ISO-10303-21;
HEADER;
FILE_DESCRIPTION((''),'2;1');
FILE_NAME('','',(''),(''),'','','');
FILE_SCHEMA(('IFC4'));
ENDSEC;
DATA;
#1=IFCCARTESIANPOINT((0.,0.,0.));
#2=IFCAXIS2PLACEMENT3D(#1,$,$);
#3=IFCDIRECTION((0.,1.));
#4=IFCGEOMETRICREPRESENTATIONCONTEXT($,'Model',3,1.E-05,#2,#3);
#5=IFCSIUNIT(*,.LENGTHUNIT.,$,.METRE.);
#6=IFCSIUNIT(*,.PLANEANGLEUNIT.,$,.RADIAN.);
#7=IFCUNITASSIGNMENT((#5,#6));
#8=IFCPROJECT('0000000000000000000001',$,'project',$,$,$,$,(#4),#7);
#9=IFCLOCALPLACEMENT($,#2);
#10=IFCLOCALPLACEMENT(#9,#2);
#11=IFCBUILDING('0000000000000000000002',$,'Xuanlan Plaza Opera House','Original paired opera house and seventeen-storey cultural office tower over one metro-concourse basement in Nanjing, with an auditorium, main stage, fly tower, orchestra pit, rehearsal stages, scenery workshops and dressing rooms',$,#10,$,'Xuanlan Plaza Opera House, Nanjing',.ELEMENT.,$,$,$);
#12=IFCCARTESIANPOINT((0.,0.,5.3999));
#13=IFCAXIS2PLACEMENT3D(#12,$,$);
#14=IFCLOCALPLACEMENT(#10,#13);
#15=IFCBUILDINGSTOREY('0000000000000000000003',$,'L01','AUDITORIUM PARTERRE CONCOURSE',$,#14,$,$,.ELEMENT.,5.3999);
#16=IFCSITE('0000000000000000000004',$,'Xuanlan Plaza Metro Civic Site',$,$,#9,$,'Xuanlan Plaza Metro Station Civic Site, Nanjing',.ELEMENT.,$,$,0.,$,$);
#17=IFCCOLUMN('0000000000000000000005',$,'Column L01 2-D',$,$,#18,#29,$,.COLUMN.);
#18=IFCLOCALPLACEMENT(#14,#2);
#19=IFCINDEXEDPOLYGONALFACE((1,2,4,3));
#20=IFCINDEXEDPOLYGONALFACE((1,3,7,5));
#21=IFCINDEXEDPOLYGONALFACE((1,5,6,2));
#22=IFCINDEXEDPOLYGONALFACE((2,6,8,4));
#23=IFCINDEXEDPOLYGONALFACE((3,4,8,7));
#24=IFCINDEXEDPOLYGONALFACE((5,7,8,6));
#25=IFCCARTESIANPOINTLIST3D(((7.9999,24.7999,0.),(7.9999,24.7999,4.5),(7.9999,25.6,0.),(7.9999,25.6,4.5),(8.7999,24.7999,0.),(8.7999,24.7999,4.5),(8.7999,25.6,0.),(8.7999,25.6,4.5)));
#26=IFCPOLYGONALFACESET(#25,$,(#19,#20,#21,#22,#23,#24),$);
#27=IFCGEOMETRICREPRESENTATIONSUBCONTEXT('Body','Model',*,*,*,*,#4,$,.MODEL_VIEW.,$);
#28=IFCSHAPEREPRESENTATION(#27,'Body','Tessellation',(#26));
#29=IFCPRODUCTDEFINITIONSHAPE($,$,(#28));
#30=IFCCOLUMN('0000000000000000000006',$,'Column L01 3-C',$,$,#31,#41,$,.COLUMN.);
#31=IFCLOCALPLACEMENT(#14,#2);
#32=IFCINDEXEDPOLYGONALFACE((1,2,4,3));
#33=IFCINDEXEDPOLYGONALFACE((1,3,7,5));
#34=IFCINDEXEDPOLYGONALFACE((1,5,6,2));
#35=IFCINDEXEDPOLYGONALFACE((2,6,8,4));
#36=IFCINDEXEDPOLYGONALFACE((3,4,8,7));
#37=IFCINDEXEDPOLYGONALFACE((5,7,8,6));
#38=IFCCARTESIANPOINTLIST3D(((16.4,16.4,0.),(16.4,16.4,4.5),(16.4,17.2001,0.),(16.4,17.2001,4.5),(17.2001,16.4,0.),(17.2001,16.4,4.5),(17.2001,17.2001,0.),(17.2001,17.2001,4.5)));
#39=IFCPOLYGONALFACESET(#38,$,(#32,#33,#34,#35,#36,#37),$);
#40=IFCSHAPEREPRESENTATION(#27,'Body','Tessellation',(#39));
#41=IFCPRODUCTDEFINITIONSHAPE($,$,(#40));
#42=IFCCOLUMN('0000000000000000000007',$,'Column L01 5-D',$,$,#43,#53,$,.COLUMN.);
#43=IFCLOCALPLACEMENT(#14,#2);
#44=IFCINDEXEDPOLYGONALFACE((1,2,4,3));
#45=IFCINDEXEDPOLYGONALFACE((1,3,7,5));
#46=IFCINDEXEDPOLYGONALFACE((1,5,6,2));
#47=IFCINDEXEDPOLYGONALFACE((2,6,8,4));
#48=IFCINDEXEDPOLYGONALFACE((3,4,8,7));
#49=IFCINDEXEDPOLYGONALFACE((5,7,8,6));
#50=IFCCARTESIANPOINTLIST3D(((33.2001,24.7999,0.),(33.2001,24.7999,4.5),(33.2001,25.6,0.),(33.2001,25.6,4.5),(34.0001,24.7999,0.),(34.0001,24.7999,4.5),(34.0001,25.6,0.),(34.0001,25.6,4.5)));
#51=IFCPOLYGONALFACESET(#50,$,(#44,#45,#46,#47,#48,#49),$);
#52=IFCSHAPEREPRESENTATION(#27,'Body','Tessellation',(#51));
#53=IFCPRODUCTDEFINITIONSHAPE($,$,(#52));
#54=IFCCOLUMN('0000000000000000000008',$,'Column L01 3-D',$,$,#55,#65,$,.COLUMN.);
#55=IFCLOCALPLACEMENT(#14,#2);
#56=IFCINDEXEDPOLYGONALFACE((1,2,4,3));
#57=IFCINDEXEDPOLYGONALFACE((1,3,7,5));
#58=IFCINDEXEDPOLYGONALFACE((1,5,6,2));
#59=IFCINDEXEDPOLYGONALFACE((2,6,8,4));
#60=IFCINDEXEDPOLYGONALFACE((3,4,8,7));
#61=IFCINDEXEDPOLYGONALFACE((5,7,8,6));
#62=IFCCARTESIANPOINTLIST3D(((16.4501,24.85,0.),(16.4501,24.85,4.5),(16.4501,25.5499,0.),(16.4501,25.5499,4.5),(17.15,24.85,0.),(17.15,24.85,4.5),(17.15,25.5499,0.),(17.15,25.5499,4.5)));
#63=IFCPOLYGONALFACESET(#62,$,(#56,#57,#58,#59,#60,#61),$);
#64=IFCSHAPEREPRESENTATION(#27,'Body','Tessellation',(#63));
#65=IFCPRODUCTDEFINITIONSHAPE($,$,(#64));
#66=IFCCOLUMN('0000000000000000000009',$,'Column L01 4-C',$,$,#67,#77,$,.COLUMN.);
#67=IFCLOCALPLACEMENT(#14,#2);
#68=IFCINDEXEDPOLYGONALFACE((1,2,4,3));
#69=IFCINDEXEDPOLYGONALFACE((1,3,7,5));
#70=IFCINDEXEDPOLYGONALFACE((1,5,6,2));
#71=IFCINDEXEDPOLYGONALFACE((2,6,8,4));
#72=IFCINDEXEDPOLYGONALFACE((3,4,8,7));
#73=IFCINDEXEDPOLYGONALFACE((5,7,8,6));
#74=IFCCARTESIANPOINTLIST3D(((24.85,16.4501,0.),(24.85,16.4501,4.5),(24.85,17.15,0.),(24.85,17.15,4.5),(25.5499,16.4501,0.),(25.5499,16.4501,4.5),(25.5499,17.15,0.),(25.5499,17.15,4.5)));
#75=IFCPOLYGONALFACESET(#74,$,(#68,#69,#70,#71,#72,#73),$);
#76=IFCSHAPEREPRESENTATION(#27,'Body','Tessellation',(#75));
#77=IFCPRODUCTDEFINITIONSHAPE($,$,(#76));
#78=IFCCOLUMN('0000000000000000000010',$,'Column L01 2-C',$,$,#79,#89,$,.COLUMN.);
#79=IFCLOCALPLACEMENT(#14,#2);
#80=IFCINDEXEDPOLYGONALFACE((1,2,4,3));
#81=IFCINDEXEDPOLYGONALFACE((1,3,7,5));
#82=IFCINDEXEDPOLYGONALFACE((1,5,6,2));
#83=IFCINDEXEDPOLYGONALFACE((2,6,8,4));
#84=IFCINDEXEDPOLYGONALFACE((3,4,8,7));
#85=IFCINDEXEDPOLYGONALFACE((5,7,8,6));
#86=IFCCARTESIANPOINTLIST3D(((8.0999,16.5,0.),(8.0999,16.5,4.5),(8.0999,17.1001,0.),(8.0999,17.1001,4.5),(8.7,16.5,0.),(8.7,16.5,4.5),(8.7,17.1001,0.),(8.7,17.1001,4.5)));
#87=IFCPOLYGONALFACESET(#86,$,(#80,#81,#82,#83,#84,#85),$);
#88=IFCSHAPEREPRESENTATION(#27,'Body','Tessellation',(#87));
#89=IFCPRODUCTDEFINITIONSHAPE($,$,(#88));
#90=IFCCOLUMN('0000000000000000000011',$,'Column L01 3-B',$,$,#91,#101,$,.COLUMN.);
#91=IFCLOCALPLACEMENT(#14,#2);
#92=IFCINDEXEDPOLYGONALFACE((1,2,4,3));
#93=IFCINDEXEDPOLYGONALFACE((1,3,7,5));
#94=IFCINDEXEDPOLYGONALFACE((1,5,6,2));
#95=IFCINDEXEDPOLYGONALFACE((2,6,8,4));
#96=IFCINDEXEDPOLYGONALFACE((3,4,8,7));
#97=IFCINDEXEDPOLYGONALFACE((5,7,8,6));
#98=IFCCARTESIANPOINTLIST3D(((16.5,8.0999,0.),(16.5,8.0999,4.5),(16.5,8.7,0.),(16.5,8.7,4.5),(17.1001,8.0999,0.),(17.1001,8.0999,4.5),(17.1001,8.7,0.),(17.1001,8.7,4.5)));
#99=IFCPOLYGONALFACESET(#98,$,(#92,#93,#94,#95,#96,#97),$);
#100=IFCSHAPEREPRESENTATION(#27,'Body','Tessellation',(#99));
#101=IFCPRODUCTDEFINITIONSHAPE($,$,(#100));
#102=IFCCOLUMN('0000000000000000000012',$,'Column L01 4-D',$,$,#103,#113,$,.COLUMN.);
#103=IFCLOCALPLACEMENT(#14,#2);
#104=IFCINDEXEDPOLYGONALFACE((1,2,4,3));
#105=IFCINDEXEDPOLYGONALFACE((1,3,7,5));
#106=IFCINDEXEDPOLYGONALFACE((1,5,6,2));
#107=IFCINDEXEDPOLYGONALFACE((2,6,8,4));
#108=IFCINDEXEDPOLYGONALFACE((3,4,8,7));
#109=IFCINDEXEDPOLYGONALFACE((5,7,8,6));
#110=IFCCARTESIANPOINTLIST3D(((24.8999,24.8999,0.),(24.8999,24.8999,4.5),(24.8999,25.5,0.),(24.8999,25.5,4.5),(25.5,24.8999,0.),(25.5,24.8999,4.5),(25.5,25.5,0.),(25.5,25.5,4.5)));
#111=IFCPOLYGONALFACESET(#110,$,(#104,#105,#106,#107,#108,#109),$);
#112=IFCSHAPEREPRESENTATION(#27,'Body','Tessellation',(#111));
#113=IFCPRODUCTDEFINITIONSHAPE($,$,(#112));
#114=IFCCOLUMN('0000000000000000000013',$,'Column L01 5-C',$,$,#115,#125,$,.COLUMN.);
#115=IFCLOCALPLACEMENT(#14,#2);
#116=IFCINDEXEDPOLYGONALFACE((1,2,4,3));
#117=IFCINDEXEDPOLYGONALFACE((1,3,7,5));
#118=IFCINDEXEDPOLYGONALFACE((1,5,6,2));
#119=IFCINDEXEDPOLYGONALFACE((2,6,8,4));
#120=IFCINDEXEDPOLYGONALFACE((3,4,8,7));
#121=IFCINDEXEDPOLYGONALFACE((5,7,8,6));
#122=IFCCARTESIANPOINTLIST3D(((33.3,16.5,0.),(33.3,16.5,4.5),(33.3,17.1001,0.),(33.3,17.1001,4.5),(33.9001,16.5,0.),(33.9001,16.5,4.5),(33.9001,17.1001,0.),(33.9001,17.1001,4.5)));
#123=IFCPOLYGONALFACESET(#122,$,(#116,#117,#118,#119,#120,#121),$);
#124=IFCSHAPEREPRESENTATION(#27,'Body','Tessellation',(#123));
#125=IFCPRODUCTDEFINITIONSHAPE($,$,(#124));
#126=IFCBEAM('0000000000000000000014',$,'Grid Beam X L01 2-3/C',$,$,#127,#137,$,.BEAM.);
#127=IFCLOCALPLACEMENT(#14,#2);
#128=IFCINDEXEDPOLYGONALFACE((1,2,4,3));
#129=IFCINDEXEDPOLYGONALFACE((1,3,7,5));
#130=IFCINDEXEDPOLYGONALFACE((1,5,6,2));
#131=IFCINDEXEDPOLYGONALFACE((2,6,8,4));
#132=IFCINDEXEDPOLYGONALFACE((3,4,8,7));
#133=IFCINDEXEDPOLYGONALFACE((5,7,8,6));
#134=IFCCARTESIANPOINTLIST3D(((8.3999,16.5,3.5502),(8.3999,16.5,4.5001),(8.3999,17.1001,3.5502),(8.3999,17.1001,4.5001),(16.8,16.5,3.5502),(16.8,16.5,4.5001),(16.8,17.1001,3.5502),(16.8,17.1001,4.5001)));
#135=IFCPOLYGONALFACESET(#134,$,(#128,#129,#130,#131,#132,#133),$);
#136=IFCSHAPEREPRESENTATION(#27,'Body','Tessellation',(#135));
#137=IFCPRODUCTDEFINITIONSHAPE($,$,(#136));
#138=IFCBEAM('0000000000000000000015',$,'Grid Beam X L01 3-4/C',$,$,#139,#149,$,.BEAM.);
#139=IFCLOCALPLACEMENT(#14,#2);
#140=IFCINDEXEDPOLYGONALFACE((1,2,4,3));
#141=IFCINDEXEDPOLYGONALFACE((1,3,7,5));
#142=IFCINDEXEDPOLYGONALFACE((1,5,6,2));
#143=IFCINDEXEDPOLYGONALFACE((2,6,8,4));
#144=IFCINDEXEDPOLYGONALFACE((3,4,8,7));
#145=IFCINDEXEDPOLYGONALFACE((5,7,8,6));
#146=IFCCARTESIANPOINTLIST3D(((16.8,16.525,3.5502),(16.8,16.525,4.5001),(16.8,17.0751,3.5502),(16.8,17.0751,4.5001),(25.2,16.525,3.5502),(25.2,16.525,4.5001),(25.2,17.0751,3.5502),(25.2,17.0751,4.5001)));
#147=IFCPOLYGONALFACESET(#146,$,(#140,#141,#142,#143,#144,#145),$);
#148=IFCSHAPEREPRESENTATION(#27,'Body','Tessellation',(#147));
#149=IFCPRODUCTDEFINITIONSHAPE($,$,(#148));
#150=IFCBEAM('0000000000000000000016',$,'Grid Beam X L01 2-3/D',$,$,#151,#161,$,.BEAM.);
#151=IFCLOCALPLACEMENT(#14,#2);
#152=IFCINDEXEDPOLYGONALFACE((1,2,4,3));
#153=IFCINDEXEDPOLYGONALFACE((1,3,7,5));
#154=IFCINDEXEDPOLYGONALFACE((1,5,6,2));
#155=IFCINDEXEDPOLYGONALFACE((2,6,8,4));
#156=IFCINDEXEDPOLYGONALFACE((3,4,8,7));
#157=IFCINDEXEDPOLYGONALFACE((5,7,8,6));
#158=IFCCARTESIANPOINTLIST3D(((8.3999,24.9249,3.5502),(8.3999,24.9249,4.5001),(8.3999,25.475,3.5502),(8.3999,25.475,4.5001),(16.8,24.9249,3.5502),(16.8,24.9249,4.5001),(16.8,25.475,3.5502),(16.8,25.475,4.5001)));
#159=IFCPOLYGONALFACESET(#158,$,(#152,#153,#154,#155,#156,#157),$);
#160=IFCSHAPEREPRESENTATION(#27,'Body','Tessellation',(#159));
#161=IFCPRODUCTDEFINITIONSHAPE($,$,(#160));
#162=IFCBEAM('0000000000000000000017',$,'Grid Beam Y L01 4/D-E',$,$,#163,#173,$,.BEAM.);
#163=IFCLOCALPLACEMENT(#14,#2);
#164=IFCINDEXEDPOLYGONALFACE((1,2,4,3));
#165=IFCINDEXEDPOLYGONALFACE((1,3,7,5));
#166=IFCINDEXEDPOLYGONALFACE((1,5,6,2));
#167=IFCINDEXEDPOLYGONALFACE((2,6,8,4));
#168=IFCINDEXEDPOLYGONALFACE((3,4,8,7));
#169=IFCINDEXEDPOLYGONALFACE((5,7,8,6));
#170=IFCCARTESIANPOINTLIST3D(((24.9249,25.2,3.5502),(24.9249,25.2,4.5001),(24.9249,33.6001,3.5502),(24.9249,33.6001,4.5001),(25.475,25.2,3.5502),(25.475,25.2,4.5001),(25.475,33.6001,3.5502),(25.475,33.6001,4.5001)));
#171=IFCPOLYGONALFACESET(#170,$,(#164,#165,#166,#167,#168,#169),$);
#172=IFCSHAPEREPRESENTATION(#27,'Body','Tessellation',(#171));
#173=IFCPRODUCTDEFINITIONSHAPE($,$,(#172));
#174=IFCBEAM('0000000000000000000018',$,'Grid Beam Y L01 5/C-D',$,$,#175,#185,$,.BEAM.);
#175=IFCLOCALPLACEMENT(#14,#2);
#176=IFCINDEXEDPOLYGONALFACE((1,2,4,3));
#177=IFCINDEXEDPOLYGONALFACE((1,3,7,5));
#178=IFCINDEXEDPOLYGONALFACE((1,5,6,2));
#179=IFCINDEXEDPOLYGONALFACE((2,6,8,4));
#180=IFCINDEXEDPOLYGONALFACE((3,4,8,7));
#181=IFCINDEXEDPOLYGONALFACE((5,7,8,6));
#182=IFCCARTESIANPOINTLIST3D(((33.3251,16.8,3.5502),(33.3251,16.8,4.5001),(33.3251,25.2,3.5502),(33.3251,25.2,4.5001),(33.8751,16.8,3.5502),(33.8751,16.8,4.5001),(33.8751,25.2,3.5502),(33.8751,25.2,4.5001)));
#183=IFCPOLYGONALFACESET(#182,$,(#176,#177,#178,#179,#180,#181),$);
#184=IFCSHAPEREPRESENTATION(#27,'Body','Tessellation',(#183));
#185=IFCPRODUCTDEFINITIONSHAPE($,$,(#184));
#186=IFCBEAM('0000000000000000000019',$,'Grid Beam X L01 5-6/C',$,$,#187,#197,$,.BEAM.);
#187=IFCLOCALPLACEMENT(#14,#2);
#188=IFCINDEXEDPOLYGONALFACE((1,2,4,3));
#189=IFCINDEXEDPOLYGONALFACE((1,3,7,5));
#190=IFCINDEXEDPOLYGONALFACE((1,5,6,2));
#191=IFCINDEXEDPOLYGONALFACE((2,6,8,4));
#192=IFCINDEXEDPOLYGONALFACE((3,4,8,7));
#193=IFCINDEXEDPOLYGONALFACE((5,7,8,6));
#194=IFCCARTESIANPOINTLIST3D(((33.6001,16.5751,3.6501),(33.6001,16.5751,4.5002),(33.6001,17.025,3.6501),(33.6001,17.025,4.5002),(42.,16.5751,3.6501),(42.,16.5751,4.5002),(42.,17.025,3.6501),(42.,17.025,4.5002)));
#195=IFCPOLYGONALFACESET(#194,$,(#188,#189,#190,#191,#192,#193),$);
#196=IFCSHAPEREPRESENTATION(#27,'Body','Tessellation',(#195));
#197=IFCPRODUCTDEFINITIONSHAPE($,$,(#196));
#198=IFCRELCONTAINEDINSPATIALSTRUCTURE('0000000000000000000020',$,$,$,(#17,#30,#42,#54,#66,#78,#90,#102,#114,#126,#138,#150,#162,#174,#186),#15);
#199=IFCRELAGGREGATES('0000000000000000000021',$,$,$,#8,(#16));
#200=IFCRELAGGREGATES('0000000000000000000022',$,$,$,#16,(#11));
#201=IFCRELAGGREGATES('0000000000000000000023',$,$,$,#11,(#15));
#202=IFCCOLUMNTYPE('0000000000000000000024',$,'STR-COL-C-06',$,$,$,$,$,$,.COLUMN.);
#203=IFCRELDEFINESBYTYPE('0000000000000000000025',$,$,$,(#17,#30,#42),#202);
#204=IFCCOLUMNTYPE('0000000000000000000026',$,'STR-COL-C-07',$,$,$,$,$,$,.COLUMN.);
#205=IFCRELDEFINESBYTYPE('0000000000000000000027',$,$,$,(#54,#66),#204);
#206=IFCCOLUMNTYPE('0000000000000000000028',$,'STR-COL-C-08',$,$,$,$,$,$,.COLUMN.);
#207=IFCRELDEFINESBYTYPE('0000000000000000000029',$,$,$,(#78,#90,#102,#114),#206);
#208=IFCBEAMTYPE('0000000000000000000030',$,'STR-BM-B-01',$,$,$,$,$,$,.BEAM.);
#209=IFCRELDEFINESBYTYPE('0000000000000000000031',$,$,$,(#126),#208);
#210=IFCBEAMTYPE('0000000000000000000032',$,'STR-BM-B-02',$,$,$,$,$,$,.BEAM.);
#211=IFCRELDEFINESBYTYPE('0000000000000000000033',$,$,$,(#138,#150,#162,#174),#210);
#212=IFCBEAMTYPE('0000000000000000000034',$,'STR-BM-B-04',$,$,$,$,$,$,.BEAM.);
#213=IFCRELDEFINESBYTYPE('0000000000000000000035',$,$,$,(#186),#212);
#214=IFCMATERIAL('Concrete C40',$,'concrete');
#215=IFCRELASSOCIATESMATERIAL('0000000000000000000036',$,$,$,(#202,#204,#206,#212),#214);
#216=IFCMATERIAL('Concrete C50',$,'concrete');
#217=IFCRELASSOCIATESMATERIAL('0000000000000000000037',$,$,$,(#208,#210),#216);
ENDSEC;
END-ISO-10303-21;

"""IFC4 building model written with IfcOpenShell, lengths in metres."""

from ifc_helpers import new_model, si_unit, direction, frame, origin, origin_2d, place, context, subcontext, project, spatial, rectangle, extrude, material, material_profile, profile_set, type_object, element, save


model = new_model("IFC4")

# Units and contexts
model_context = context("Model", 3, precision=1e-05, world=origin(), true_north=direction((0.0, 1.0)))
body_context = subcontext(model_context, "Body", "Model", "MODEL_VIEW")
ifc_project = project(units=[si_unit("LENGTHUNIT", "METRE"), si_unit("PLANEANGLEUNIT", "RADIAN")], contexts=[model_context])

# Site, building, storey
site_placement = place(None, origin())
site = spatial("IfcSite", under=ifc_project, at=site_placement, Name="Xuanlan Plaza Metro Civic Site", LongName="Xuanlan Plaza Metro Station Civic Site, Nanjing", CompositionType="ELEMENT", RefElevation=0.0)
building_placement = place(site_placement, origin())
building = spatial("IfcBuilding", under=site, at=building_placement, Name="Xuanlan Plaza Opera House", Description="Original paired opera house and seventeen-storey cultural office tower over one metro-concourse basement in Nanjing, with an auditorium, main stage, fly tower, orchestra pit, rehearsal stages, scenery workshops and dressing rooms", LongName="Xuanlan Plaza Opera House, Nanjing", CompositionType="ELEMENT")
storey_placement = place(building_placement, frame((0.0, 0.0, 5.3999)))
storey = spatial("IfcBuildingStorey", under=building, at=storey_placement, Name="L01", Description="AUDITORIUM PARTERRE CONCOURSE", CompositionType="ELEMENT", Elevation=5.3999)

# Columns
ifc_material_1 = material(Name="Concrete C40", Category="concrete")
ifc_material_profile_1 = material_profile(ifc_material_1, rectangle(XDim=0.8, YDim=0.8, at=origin_2d()), Name="RC-COL 800x800")
ifc_profile_set_1 = profile_set([ifc_material_profile_1], Name="Concrete C40")
column_type_1 = type_object("IfcColumnType", Name="STR-COL-C-06", PredefinedType="COLUMN", material=ifc_profile_set_1)
for number, where, z_axis, x_axis, name in (
    (1, (8.3999, 25.2, 0.0), (0.0, 0.0, 1.0), (1.0, 0.0, 0.0), "Column L01 2-D"),
    (2, (16.8, 16.8, 0.0), (0.0, 0.0, 1.0), (1.0, 0.0, 0.0), "Column L01 3-C"),
    (3, (33.6001, 25.2, 0.0), (0.0, 0.0, 1.0), (1.0, 0.0, 0.0), "Column L01 5-D"),
):
    element("IfcColumn", number, at=place(storey_placement, frame(where, z_axis=z_axis, x_axis=x_axis)), inside=storey, type_object=column_type_1, Name=name, PredefinedType="COLUMN", context=body_context, shape_type="SweptSolid", body=[
        extrude(rectangle(XDim=0.8, YDim=0.8, at=origin_2d()), origin(), (0.0, 0.0, 1.0), 4.5),
    ])
ifc_material_profile_2 = material_profile(ifc_material_1, rectangle(XDim=0.7, YDim=0.7, at=origin_2d()), Name="RC-COL 700x700")
ifc_profile_set_2 = profile_set([ifc_material_profile_2], Name="Concrete C40")
column_type_2 = type_object("IfcColumnType", Name="STR-COL-C-07", PredefinedType="COLUMN", material=ifc_profile_set_2)
for number, where, z_axis, x_axis, name in (
    (4, (16.8, 25.2, 0.0), (0.0, 0.0, 1.0), (1.0, 0.0, 0.0), "Column L01 3-D"),
    (5, (25.2, 16.8, 0.0), (0.0, 0.0, 1.0), (1.0, 0.0, 0.0), "Column L01 4-C"),
):
    element("IfcColumn", number, at=place(storey_placement, frame(where, z_axis=z_axis, x_axis=x_axis)), inside=storey, type_object=column_type_2, Name=name, PredefinedType="COLUMN", context=body_context, shape_type="SweptSolid", body=[
        extrude(rectangle(XDim=0.7, YDim=0.7, at=origin_2d()), origin(), (0.0, 0.0, 1.0), 4.5),
    ])
ifc_material_profile_3 = material_profile(ifc_material_1, rectangle(XDim=0.6001, YDim=0.6001, at=origin_2d()), Name="RC-COL 600x600")
ifc_profile_set_3 = profile_set([ifc_material_profile_3], Name="Concrete C40")
column_type_3 = type_object("IfcColumnType", Name="STR-COL-C-08", PredefinedType="COLUMN", material=ifc_profile_set_3)
for number, where, z_axis, x_axis, name in (
    (6, (8.3999, 16.8, 0.0), (0.0, 0.0, 1.0), (1.0, 0.0, 0.0), "Column L01 2-C"),
    (7, (16.8, 8.3999, 0.0), (0.0, 0.0, 1.0), (1.0, 0.0, 0.0), "Column L01 3-B"),
    (8, (25.2, 25.2, 0.0), (0.0, 0.0, 1.0), (1.0, 0.0, 0.0), "Column L01 4-D"),
    (9, (33.6001, 16.8, 0.0), (0.0, 0.0, 1.0), (1.0, 0.0, 0.0), "Column L01 5-C"),
):
    element("IfcColumn", number, at=place(storey_placement, frame(where, z_axis=z_axis, x_axis=x_axis)), inside=storey, type_object=column_type_3, Name=name, PredefinedType="COLUMN", context=body_context, shape_type="SweptSolid", body=[
        extrude(rectangle(XDim=0.6001, YDim=0.6001, at=origin_2d()), origin(), (0.0, 0.0, 1.0), 4.5),
    ])

# Beams
ifc_material_2 = material(Name="Concrete C50", Category="concrete")
ifc_material_profile_4 = material_profile(ifc_material_2, rectangle(XDim=0.6001, YDim=0.95, at=origin_2d()), Name="RC-BM 600x950")
ifc_profile_set_4 = profile_set([ifc_material_profile_4], Name="Concrete C50")
beam_type_1 = type_object("IfcBeamType", Name="STR-BM-B-01", PredefinedType="BEAM", material=ifc_profile_set_4)
beam_1_placement = place(storey_placement, frame((8.3999, 16.8, 4.0251), z_axis=(1.0, 0.0, 0.0), x_axis=(0.0, 1.0, 0.0)))
element("IfcBeam", 10, at=beam_1_placement, inside=storey, type_object=beam_type_1, Name="Grid Beam X L01 2-3/C", PredefinedType="BEAM", context=body_context, shape_type="SweptSolid", body=[
    extrude(rectangle(XDim=0.6001, YDim=0.95, at=origin_2d()), origin(), (0.0, 0.0, 1.0), 8.4001),
])
ifc_material_profile_5 = material_profile(ifc_material_2, rectangle(XDim=0.55, YDim=0.95, at=origin_2d()), Name="RC-BM 550x950")
ifc_profile_set_5 = profile_set([ifc_material_profile_5], Name="Concrete C50")
beam_type_2 = type_object("IfcBeamType", Name="STR-BM-B-02", PredefinedType="BEAM", material=ifc_profile_set_5)
beam_2_placement = place(storey_placement, frame((16.8, 16.8, 4.0251), z_axis=(1.0, 0.0, 0.0), x_axis=(0.0, 1.0, 0.0)))
element("IfcBeam", 11, at=beam_2_placement, inside=storey, type_object=beam_type_2, Name="Grid Beam X L01 3-4/C", PredefinedType="BEAM", context=body_context, shape_type="SweptSolid", body=[
    extrude(rectangle(XDim=0.55, YDim=0.95, at=origin_2d()), origin(), (0.0, 0.0, 1.0), 8.3999),
])
for number, where, z_axis, x_axis, name in (
    (12, (8.3999, 25.2, 4.0251), (1.0, 0.0, 0.0), (0.0, 1.0, 0.0), "Grid Beam X L01 2-3/D"),
    (13, (25.2, 25.2, 4.0251), (0.0, 1.0, 0.0), (-1.0, 0.0, 0.0), "Grid Beam Y L01 4/D-E"),
):
    element("IfcBeam", number, at=place(storey_placement, frame(where, z_axis=z_axis, x_axis=x_axis)), inside=storey, type_object=beam_type_2, Name=name, PredefinedType="BEAM", context=body_context, shape_type="SweptSolid", body=[
        extrude(rectangle(XDim=0.55, YDim=0.95, at=origin_2d()), origin(), (0.0, 0.0, 1.0), 8.4001),
    ])
beam_3_placement = place(storey_placement, frame((33.6001, 16.8, 4.0251), z_axis=(0.0, 1.0, 0.0), x_axis=(-1.0, 0.0, 0.0)))
element("IfcBeam", 14, at=beam_3_placement, inside=storey, type_object=beam_type_2, Name="Grid Beam Y L01 5/C-D", PredefinedType="BEAM", context=body_context, shape_type="SweptSolid", body=[
    extrude(rectangle(XDim=0.55, YDim=0.95, at=origin_2d()), origin(), (0.0, 0.0, 1.0), 8.3999),
])
ifc_material_profile_6 = material_profile(ifc_material_1, rectangle(XDim=0.45, YDim=0.8501, at=origin_2d()), Name="RC-BM 450x850")
ifc_profile_set_6 = profile_set([ifc_material_profile_6], Name="Concrete C40")
beam_type_3 = type_object("IfcBeamType", Name="STR-BM-B-04", PredefinedType="BEAM", material=ifc_profile_set_6)
beam_4_placement = place(storey_placement, frame((33.6001, 16.8, 4.0752), z_axis=(1.0, 0.0, 0.0), x_axis=(0.0, 1.0, 0.0)))
element("IfcBeam", 15, at=beam_4_placement, inside=storey, type_object=beam_type_3, Name="Grid Beam X L01 5-6/C", PredefinedType="BEAM", context=body_context, shape_type="SweptSolid", body=[
    extrude(rectangle(XDim=0.45, YDim=0.8501, at=origin_2d()), origin(), (0.0, 0.0, 1.0), 8.3999),
])

save(model, "model.ifc")
